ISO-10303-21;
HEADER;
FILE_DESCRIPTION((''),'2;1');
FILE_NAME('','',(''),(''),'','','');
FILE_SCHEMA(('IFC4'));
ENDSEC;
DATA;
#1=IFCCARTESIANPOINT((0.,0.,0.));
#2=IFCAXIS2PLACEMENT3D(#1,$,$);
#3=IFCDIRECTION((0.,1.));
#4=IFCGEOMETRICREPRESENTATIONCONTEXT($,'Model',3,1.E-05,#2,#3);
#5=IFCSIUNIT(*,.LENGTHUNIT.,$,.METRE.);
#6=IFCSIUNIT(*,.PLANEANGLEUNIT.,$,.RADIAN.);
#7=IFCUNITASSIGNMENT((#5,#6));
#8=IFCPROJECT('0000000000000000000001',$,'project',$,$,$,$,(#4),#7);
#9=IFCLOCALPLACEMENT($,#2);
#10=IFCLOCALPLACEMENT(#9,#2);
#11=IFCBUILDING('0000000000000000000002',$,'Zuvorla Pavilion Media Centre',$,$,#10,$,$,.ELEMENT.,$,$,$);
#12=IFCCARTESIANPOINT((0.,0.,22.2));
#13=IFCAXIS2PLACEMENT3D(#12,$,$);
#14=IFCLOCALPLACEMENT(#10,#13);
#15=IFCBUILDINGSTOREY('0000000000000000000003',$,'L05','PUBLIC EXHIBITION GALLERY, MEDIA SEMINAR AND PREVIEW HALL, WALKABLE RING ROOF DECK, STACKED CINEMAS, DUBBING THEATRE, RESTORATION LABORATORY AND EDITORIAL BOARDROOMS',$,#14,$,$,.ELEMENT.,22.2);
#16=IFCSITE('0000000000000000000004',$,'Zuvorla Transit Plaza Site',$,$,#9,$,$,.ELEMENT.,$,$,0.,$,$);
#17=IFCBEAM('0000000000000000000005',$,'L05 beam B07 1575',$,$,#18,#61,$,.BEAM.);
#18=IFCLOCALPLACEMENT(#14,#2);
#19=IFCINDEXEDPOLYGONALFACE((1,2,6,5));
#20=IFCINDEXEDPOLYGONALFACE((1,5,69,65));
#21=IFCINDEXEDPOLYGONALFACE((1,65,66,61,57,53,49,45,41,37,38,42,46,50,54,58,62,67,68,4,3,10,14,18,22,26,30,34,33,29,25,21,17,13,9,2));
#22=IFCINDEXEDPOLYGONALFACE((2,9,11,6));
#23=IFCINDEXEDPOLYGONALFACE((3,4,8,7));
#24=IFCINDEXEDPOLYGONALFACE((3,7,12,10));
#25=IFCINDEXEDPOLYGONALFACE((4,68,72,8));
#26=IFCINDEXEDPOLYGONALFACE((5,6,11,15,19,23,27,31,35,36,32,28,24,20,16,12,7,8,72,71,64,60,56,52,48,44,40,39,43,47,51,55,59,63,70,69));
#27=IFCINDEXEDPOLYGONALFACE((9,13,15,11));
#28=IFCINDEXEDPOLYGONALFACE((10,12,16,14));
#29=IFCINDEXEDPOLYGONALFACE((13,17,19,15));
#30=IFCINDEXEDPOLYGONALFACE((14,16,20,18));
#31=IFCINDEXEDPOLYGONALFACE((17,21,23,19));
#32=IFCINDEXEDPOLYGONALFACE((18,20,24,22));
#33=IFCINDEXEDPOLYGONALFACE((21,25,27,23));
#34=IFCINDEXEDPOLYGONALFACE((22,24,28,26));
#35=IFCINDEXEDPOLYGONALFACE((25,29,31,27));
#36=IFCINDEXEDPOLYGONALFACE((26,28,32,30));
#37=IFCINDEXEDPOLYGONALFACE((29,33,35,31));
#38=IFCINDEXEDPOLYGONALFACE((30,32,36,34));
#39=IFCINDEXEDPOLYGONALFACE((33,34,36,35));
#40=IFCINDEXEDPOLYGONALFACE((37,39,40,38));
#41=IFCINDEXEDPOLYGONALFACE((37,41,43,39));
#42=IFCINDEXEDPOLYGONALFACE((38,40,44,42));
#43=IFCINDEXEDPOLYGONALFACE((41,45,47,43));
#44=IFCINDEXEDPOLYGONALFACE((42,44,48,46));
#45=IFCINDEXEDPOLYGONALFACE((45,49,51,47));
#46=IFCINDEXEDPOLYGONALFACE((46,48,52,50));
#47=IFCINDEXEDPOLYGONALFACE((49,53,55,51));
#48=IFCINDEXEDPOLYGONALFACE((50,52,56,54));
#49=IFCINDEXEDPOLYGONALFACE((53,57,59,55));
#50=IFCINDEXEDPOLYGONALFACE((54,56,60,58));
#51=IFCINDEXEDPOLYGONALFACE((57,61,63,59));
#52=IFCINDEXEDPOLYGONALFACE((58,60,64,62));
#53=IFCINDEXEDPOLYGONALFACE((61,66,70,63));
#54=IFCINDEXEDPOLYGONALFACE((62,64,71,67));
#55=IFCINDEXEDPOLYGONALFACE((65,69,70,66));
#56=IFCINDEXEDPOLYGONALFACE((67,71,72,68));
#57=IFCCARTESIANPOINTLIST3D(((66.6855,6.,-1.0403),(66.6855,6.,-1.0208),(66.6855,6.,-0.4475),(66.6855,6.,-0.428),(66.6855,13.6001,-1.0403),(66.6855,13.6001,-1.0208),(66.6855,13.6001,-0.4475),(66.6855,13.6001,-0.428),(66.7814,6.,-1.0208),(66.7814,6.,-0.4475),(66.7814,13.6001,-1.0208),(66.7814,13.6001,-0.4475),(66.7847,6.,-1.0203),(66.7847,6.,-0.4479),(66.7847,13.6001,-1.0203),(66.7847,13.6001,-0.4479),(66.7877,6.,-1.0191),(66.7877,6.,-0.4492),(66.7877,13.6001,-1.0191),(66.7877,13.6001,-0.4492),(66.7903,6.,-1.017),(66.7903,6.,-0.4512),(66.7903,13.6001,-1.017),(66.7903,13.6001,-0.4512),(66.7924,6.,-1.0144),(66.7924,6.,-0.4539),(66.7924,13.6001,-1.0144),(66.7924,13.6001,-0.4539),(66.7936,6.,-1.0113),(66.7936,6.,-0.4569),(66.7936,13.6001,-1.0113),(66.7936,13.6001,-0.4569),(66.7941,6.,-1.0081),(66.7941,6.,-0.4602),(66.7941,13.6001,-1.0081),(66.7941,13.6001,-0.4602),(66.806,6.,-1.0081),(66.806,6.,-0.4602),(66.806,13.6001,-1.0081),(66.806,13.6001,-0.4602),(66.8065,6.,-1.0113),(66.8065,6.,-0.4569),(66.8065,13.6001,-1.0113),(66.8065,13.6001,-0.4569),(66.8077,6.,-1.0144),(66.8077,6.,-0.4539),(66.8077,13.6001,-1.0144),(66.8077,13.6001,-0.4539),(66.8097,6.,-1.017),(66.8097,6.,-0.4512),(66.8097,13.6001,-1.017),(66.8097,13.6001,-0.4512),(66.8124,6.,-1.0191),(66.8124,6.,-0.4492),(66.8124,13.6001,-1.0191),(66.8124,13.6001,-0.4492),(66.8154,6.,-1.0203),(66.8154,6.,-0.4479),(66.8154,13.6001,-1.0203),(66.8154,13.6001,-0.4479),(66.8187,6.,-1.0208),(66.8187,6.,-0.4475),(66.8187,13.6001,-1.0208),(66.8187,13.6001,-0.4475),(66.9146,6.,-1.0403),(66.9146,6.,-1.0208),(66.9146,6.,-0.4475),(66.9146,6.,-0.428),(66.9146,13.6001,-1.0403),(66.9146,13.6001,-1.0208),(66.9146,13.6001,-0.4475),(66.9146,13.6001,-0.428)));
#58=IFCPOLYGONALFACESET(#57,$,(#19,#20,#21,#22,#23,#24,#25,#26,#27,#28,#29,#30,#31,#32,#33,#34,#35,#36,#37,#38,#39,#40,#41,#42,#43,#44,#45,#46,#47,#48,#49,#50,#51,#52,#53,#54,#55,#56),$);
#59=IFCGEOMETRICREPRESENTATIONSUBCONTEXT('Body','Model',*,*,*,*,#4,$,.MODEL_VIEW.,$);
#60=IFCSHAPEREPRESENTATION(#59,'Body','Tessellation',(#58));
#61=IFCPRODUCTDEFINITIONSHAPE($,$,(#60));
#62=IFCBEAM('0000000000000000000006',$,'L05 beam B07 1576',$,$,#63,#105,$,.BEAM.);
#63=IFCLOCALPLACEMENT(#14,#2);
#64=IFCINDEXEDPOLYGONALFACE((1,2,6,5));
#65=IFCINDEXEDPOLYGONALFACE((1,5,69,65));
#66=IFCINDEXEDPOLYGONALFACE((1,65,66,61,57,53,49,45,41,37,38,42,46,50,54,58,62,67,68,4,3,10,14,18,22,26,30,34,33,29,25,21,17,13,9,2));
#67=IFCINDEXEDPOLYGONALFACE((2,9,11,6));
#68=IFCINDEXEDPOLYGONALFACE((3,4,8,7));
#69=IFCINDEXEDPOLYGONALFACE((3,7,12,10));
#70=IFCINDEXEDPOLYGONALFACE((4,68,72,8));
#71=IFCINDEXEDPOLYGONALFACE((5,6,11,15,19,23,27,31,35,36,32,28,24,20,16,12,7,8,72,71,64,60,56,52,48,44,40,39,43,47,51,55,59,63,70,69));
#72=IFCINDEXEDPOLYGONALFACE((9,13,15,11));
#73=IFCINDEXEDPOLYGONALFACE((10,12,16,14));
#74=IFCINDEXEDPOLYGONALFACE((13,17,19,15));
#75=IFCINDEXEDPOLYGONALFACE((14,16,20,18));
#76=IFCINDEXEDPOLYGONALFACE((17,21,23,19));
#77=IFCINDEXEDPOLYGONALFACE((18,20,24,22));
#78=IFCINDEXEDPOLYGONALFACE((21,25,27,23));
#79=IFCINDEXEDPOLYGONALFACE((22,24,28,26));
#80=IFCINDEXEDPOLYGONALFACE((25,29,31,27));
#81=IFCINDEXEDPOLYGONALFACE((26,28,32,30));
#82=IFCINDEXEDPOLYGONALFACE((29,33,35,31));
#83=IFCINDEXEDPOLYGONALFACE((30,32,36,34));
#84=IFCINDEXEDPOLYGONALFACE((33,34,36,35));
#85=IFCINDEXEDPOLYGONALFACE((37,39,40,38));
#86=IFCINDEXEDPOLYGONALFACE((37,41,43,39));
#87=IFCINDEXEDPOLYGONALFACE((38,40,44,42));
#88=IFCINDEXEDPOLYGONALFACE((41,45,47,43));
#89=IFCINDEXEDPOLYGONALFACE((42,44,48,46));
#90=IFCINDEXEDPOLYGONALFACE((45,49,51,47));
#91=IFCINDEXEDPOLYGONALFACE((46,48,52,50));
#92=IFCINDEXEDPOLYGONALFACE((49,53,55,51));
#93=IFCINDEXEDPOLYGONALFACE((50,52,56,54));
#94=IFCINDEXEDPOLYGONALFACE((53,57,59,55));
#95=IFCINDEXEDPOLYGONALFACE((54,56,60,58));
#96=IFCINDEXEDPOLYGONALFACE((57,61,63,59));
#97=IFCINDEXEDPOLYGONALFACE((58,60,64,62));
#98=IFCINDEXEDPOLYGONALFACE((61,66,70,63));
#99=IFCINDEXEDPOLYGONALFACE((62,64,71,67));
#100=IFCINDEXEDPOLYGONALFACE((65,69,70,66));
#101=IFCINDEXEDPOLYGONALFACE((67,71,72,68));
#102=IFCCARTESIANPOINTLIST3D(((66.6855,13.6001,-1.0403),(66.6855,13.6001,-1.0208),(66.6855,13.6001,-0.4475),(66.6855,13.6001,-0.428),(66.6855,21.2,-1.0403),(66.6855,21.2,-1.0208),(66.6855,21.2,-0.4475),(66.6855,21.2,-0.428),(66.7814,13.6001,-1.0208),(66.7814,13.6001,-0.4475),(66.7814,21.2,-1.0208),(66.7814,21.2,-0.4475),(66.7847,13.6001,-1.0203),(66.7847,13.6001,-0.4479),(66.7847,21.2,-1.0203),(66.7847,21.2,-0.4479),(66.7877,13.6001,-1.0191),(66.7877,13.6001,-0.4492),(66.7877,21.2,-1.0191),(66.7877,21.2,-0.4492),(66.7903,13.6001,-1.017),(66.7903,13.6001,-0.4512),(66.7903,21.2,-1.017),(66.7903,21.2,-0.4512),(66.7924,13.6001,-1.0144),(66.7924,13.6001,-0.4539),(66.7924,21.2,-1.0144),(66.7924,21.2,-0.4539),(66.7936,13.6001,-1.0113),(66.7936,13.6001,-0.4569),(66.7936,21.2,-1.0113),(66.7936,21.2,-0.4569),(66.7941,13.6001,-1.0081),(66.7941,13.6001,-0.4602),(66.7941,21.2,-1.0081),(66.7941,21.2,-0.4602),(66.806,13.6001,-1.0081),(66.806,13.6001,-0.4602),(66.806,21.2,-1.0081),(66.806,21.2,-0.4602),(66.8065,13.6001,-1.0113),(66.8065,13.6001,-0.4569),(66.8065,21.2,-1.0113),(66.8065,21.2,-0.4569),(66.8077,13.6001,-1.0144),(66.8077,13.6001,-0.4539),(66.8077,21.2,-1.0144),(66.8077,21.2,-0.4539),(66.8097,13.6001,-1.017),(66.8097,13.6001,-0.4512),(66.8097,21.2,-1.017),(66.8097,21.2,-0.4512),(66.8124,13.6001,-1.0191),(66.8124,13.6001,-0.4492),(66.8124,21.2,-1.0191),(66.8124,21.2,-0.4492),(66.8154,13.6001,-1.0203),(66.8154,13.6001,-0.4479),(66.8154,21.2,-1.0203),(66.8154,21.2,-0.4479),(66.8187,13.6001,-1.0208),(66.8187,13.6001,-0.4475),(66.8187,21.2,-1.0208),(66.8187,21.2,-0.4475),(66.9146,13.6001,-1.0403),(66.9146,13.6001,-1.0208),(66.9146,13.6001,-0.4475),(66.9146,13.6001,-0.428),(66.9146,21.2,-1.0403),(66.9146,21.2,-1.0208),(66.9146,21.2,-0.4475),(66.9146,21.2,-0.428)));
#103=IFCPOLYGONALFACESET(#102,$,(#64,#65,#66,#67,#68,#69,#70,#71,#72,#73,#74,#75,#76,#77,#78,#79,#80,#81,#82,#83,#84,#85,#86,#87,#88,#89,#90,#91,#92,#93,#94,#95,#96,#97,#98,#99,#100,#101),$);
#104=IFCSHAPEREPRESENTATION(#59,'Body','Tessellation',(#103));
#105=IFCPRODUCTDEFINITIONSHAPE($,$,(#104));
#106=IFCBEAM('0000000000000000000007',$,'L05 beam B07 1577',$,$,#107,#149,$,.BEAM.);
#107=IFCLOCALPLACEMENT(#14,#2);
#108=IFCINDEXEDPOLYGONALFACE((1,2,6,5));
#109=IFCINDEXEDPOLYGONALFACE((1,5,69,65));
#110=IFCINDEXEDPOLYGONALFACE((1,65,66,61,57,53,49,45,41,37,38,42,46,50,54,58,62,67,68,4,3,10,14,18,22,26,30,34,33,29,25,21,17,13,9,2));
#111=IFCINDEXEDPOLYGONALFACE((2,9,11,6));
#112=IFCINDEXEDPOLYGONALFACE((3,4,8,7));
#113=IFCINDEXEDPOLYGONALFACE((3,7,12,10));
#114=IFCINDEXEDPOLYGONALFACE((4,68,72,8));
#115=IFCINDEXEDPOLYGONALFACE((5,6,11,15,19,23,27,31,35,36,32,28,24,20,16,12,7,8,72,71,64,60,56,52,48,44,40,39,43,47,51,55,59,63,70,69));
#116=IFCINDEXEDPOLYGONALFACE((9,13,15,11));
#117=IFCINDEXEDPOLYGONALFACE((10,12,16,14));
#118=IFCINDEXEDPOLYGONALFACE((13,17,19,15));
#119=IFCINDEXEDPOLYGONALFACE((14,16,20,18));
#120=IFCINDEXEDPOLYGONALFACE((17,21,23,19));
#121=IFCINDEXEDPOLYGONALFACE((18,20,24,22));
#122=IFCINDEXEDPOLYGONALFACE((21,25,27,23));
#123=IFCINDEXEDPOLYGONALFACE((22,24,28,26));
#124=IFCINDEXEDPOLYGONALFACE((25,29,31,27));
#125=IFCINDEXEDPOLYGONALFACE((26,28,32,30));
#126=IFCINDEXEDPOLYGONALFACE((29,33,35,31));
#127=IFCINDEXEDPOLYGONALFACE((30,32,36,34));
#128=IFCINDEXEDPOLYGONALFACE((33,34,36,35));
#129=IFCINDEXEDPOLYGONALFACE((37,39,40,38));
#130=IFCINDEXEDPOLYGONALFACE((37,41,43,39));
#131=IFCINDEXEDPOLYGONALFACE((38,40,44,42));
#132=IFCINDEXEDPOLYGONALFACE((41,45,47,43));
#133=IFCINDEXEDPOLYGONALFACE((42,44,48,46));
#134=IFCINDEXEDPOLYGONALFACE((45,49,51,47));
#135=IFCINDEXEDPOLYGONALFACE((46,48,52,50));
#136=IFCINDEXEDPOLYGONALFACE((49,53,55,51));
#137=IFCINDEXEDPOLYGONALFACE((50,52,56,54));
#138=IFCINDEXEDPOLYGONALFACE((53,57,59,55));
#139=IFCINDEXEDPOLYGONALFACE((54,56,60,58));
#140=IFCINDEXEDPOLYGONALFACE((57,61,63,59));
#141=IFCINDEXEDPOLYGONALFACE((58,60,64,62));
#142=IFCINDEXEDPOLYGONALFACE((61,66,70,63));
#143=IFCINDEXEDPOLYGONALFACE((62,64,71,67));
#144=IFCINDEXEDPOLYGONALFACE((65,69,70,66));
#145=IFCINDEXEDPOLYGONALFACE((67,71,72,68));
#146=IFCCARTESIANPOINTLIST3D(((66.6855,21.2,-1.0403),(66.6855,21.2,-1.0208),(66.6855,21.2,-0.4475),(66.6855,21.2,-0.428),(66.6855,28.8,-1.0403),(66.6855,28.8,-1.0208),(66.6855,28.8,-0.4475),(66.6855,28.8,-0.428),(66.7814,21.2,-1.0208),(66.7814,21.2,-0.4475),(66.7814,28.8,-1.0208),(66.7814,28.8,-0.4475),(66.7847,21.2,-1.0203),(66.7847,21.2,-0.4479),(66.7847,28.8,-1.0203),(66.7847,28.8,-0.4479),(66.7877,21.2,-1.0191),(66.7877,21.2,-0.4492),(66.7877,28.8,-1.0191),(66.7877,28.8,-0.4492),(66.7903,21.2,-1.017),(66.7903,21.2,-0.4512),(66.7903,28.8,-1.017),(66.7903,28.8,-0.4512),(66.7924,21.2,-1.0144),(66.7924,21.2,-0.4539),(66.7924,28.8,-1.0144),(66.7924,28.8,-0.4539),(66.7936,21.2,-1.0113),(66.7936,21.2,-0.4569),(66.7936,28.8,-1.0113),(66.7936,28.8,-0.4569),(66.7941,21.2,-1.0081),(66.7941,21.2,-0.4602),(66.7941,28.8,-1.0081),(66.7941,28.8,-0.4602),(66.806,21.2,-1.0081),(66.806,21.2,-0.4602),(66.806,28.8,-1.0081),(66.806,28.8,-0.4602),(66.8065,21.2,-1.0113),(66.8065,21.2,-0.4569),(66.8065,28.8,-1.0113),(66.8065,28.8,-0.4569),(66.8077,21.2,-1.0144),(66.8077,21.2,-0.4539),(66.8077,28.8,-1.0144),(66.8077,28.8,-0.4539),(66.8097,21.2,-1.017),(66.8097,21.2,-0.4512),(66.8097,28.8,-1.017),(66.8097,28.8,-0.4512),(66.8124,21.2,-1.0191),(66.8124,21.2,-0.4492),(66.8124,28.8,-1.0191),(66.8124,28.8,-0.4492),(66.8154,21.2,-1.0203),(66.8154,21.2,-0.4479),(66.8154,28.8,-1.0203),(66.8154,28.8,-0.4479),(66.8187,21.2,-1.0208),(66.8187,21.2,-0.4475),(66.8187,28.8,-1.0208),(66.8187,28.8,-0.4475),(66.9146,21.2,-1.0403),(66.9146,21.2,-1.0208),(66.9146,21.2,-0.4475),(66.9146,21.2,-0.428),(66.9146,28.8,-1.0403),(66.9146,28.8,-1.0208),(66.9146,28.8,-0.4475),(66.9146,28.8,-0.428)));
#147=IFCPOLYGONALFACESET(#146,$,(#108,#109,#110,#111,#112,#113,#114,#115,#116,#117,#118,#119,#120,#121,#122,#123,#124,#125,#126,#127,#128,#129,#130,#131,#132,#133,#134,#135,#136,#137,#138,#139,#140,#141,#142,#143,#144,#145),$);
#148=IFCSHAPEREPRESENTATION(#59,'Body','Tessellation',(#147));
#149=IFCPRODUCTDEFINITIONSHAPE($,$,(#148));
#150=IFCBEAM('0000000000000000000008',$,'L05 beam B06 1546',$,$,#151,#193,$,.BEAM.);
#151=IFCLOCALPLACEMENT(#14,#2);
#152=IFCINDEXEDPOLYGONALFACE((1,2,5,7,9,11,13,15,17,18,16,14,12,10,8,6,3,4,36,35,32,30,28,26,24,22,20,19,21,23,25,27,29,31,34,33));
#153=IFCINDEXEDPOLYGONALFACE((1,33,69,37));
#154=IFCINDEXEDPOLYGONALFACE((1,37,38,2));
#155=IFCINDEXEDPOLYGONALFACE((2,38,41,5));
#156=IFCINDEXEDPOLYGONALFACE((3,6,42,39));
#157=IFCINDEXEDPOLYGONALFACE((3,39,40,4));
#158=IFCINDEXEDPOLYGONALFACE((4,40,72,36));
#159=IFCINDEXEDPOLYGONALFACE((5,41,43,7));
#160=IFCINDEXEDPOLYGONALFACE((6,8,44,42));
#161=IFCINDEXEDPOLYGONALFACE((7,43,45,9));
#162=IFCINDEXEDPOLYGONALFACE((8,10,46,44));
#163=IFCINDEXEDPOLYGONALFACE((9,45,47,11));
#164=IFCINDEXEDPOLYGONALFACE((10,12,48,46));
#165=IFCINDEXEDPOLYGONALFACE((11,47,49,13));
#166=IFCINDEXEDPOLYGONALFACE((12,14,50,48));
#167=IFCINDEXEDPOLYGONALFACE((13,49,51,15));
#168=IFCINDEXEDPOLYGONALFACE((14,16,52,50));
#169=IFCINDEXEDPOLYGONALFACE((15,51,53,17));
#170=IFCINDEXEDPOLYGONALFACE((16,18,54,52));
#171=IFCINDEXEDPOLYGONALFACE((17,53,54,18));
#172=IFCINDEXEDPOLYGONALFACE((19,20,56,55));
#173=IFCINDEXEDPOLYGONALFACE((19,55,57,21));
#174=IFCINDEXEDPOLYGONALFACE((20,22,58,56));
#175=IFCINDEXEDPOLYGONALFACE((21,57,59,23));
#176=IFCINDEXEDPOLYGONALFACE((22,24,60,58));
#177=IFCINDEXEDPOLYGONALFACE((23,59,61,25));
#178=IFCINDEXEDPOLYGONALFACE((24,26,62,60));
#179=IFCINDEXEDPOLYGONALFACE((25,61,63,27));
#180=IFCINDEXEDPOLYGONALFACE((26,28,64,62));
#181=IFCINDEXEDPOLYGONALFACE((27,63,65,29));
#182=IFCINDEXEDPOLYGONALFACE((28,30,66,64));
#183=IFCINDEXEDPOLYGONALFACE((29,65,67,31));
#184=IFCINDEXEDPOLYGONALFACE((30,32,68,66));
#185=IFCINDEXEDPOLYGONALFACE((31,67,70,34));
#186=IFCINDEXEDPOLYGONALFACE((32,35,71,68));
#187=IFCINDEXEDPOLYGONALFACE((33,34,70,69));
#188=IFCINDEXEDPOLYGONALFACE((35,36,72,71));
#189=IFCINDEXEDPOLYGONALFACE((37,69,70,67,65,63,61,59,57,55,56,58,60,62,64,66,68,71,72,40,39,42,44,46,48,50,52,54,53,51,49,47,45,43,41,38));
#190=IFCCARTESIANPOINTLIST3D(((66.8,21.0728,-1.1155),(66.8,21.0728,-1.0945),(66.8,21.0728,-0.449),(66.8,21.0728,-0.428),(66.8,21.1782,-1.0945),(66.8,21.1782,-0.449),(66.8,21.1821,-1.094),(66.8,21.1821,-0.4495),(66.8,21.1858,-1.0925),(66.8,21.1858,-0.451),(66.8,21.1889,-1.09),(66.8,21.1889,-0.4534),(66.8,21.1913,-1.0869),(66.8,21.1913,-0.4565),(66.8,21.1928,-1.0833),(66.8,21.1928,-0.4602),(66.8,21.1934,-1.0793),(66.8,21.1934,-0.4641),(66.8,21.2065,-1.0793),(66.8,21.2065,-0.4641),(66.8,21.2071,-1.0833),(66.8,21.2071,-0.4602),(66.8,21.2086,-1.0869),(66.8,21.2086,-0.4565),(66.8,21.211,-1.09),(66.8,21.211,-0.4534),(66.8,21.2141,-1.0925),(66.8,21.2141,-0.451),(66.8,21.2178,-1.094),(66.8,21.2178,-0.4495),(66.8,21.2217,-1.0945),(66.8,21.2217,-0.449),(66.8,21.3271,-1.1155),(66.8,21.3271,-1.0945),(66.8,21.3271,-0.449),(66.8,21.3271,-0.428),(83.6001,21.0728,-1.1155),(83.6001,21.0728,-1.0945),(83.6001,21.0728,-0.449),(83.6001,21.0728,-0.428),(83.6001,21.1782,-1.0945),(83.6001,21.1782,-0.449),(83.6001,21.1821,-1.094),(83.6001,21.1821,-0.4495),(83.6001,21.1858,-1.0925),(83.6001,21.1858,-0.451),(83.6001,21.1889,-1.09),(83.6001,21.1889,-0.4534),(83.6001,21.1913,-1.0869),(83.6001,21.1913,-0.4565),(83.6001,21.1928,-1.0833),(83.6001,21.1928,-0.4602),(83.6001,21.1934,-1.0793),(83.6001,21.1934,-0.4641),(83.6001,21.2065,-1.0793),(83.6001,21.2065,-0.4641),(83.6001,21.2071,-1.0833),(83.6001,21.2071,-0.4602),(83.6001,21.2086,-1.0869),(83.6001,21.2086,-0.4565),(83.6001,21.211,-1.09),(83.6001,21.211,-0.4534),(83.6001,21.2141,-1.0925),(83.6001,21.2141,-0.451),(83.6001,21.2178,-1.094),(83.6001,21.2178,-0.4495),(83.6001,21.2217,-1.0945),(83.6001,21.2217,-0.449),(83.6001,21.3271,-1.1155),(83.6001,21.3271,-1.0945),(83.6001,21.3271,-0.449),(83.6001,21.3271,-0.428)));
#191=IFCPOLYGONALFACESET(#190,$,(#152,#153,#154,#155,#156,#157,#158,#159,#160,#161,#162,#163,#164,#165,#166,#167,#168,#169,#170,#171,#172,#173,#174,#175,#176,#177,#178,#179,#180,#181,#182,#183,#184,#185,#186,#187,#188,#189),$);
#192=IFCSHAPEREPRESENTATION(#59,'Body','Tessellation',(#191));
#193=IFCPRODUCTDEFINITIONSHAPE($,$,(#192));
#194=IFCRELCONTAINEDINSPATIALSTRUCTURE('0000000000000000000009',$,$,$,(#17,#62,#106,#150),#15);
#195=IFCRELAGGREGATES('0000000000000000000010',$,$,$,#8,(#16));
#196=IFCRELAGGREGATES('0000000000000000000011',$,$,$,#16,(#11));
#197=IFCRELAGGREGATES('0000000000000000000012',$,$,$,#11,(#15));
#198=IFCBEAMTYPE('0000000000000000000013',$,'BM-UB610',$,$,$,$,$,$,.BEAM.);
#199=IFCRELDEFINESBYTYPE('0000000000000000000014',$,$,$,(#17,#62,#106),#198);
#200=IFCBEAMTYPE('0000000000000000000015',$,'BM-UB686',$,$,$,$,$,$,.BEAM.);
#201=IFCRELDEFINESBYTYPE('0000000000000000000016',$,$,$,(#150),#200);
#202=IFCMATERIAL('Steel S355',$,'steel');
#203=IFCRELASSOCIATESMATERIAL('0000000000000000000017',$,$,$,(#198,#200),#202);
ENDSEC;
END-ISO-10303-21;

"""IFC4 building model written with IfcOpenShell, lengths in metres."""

from ifc_helpers import new_model, si_unit, direction, frame, origin, origin_2d, place, context, subcontext, project, spatial, i_section, extrude, material, material_profile, profile_set, type_object, element, save


model = new_model("IFC4")

# Units and contexts
model_context = context("Model", 3, precision=1e-05, world=origin(), true_north=direction((0.0, 1.0)))
body_context = subcontext(model_context, "Body", "Model", "MODEL_VIEW")
ifc_project = project(units=[si_unit("LENGTHUNIT", "METRE"), si_unit("PLANEANGLEUNIT", "RADIAN")], contexts=[model_context])

# Site, building, storey
site_placement = place(None, origin())
site = spatial("IfcSite", under=ifc_project, at=site_placement, Name="Zuvorla Transit Plaza Site", CompositionType="ELEMENT", RefElevation=0.0)
building_placement = place(site_placement, origin())
building = spatial("IfcBuilding", under=site, at=building_placement, Name="Zuvorla Pavilion Media Centre", CompositionType="ELEMENT")
storey_placement = place(building_placement, frame((0.0, 0.0, 22.2)))
storey = spatial("IfcBuildingStorey", under=building, at=storey_placement, Name="L05", Description="PUBLIC EXHIBITION GALLERY, MEDIA SEMINAR AND PREVIEW HALL, WALKABLE RING ROOF DECK, STACKED CINEMAS, DUBBING THEATRE, RESTORATION LABORATORY AND EDITORIAL BOARDROOMS", CompositionType="ELEMENT", Elevation=22.2)

# Beams
ifc_material_1 = material(Name="Steel S355", Category="steel")
ifc_material_profile_1 = material_profile(ifc_material_1, i_section(OverallWidth=0.229, OverallDepth=0.6123, WebThickness=0.012, FlangeThickness=0.0195, FilletRadius=0.0127, at=origin_2d()), Name="UB 610x229x125")
ifc_profile_set_1 = profile_set([ifc_material_profile_1], Name="Steel S355")
beam_type_1 = type_object("IfcBeamType", Name="BM-UB610", PredefinedType="BEAM", material=ifc_profile_set_1)
for number, where, z_axis, x_axis, name in (
    (1, (66.8, 6.0, -0.7341), (0.0, 1.0, 0.0), (-1.0, 0.0, 0.0), "L05 beam B07 1575"),
):
    element("IfcBeam", number, at=place(storey_placement, frame(where, z_axis=z_axis, x_axis=x_axis)), inside=storey, type_object=beam_type_1, Name=name, PredefinedType="BEAM", context=body_context, shape_type="SweptSolid", body=[
        extrude(i_section(OverallWidth=0.229, OverallDepth=0.6123, WebThickness=0.012, FlangeThickness=0.0195, FilletRadius=0.0127, at=origin_2d()), origin(), (0.0, 0.0, 1.0), 7.6001),
    ])
beam_1_placement = place(storey_placement, frame((66.8, 13.6001, -0.7341), z_axis=(0.0, 1.0, 0.0), x_axis=(-1.0, 0.0, 0.0)))
element("IfcBeam", 2, at=beam_1_placement, inside=storey, type_object=beam_type_1, Name="L05 beam B07 1576", PredefinedType="BEAM", context=body_context, shape_type="SweptSolid", body=[
    extrude(i_section(OverallWidth=0.229, OverallDepth=0.6123, WebThickness=0.012, FlangeThickness=0.0195, FilletRadius=0.0127, at=origin_2d()), origin(), (0.0, 0.0, 1.0), 7.5999),
])
beam_2_placement = place(storey_placement, frame((66.8, 21.2, -0.7341), z_axis=(0.0, 1.0, 0.0), x_axis=(-1.0, 0.0, 0.0)))
element("IfcBeam", 3, at=beam_2_placement, inside=storey, type_object=beam_type_1, Name="L05 beam B07 1577", PredefinedType="BEAM", context=body_context, shape_type="SweptSolid", body=[
    extrude(i_section(OverallWidth=0.229, OverallDepth=0.6123, WebThickness=0.012, FlangeThickness=0.0195, FilletRadius=0.0127, at=origin_2d()), origin(), (0.0, 0.0, 1.0), 7.6001),
])
ifc_material_profile_2 = material_profile(ifc_material_1, i_section(OverallWidth=0.2544, OverallDepth=0.6875, WebThickness=0.0132, FlangeThickness=0.021, FilletRadius=0.0151, at=origin_2d()), Name="UB 686x254x152")
ifc_profile_set_2 = profile_set([ifc_material_profile_2], Name="Steel S355")
beam_type_2 = type_object("IfcBeamType", Name="BM-UB686", PredefinedType="BEAM", material=ifc_profile_set_2)
beam_3_placement = place(storey_placement, frame((66.8, 21.2, -0.7717), z_axis=(1.0, 0.0, 0.0), x_axis=(0.0, 1.0, 0.0)))
element("IfcBeam", 4, at=beam_3_placement, inside=storey, type_object=beam_type_2, Name="L05 beam B06 1546", PredefinedType="BEAM", context=body_context, shape_type="SweptSolid", body=[
    extrude(i_section(OverallWidth=0.2544, OverallDepth=0.6875, WebThickness=0.0132, FlangeThickness=0.021, FilletRadius=0.0151, at=origin_2d()), origin(), (0.0, 0.0, 1.0), 16.8),
])

save(model, "model.ifc")
